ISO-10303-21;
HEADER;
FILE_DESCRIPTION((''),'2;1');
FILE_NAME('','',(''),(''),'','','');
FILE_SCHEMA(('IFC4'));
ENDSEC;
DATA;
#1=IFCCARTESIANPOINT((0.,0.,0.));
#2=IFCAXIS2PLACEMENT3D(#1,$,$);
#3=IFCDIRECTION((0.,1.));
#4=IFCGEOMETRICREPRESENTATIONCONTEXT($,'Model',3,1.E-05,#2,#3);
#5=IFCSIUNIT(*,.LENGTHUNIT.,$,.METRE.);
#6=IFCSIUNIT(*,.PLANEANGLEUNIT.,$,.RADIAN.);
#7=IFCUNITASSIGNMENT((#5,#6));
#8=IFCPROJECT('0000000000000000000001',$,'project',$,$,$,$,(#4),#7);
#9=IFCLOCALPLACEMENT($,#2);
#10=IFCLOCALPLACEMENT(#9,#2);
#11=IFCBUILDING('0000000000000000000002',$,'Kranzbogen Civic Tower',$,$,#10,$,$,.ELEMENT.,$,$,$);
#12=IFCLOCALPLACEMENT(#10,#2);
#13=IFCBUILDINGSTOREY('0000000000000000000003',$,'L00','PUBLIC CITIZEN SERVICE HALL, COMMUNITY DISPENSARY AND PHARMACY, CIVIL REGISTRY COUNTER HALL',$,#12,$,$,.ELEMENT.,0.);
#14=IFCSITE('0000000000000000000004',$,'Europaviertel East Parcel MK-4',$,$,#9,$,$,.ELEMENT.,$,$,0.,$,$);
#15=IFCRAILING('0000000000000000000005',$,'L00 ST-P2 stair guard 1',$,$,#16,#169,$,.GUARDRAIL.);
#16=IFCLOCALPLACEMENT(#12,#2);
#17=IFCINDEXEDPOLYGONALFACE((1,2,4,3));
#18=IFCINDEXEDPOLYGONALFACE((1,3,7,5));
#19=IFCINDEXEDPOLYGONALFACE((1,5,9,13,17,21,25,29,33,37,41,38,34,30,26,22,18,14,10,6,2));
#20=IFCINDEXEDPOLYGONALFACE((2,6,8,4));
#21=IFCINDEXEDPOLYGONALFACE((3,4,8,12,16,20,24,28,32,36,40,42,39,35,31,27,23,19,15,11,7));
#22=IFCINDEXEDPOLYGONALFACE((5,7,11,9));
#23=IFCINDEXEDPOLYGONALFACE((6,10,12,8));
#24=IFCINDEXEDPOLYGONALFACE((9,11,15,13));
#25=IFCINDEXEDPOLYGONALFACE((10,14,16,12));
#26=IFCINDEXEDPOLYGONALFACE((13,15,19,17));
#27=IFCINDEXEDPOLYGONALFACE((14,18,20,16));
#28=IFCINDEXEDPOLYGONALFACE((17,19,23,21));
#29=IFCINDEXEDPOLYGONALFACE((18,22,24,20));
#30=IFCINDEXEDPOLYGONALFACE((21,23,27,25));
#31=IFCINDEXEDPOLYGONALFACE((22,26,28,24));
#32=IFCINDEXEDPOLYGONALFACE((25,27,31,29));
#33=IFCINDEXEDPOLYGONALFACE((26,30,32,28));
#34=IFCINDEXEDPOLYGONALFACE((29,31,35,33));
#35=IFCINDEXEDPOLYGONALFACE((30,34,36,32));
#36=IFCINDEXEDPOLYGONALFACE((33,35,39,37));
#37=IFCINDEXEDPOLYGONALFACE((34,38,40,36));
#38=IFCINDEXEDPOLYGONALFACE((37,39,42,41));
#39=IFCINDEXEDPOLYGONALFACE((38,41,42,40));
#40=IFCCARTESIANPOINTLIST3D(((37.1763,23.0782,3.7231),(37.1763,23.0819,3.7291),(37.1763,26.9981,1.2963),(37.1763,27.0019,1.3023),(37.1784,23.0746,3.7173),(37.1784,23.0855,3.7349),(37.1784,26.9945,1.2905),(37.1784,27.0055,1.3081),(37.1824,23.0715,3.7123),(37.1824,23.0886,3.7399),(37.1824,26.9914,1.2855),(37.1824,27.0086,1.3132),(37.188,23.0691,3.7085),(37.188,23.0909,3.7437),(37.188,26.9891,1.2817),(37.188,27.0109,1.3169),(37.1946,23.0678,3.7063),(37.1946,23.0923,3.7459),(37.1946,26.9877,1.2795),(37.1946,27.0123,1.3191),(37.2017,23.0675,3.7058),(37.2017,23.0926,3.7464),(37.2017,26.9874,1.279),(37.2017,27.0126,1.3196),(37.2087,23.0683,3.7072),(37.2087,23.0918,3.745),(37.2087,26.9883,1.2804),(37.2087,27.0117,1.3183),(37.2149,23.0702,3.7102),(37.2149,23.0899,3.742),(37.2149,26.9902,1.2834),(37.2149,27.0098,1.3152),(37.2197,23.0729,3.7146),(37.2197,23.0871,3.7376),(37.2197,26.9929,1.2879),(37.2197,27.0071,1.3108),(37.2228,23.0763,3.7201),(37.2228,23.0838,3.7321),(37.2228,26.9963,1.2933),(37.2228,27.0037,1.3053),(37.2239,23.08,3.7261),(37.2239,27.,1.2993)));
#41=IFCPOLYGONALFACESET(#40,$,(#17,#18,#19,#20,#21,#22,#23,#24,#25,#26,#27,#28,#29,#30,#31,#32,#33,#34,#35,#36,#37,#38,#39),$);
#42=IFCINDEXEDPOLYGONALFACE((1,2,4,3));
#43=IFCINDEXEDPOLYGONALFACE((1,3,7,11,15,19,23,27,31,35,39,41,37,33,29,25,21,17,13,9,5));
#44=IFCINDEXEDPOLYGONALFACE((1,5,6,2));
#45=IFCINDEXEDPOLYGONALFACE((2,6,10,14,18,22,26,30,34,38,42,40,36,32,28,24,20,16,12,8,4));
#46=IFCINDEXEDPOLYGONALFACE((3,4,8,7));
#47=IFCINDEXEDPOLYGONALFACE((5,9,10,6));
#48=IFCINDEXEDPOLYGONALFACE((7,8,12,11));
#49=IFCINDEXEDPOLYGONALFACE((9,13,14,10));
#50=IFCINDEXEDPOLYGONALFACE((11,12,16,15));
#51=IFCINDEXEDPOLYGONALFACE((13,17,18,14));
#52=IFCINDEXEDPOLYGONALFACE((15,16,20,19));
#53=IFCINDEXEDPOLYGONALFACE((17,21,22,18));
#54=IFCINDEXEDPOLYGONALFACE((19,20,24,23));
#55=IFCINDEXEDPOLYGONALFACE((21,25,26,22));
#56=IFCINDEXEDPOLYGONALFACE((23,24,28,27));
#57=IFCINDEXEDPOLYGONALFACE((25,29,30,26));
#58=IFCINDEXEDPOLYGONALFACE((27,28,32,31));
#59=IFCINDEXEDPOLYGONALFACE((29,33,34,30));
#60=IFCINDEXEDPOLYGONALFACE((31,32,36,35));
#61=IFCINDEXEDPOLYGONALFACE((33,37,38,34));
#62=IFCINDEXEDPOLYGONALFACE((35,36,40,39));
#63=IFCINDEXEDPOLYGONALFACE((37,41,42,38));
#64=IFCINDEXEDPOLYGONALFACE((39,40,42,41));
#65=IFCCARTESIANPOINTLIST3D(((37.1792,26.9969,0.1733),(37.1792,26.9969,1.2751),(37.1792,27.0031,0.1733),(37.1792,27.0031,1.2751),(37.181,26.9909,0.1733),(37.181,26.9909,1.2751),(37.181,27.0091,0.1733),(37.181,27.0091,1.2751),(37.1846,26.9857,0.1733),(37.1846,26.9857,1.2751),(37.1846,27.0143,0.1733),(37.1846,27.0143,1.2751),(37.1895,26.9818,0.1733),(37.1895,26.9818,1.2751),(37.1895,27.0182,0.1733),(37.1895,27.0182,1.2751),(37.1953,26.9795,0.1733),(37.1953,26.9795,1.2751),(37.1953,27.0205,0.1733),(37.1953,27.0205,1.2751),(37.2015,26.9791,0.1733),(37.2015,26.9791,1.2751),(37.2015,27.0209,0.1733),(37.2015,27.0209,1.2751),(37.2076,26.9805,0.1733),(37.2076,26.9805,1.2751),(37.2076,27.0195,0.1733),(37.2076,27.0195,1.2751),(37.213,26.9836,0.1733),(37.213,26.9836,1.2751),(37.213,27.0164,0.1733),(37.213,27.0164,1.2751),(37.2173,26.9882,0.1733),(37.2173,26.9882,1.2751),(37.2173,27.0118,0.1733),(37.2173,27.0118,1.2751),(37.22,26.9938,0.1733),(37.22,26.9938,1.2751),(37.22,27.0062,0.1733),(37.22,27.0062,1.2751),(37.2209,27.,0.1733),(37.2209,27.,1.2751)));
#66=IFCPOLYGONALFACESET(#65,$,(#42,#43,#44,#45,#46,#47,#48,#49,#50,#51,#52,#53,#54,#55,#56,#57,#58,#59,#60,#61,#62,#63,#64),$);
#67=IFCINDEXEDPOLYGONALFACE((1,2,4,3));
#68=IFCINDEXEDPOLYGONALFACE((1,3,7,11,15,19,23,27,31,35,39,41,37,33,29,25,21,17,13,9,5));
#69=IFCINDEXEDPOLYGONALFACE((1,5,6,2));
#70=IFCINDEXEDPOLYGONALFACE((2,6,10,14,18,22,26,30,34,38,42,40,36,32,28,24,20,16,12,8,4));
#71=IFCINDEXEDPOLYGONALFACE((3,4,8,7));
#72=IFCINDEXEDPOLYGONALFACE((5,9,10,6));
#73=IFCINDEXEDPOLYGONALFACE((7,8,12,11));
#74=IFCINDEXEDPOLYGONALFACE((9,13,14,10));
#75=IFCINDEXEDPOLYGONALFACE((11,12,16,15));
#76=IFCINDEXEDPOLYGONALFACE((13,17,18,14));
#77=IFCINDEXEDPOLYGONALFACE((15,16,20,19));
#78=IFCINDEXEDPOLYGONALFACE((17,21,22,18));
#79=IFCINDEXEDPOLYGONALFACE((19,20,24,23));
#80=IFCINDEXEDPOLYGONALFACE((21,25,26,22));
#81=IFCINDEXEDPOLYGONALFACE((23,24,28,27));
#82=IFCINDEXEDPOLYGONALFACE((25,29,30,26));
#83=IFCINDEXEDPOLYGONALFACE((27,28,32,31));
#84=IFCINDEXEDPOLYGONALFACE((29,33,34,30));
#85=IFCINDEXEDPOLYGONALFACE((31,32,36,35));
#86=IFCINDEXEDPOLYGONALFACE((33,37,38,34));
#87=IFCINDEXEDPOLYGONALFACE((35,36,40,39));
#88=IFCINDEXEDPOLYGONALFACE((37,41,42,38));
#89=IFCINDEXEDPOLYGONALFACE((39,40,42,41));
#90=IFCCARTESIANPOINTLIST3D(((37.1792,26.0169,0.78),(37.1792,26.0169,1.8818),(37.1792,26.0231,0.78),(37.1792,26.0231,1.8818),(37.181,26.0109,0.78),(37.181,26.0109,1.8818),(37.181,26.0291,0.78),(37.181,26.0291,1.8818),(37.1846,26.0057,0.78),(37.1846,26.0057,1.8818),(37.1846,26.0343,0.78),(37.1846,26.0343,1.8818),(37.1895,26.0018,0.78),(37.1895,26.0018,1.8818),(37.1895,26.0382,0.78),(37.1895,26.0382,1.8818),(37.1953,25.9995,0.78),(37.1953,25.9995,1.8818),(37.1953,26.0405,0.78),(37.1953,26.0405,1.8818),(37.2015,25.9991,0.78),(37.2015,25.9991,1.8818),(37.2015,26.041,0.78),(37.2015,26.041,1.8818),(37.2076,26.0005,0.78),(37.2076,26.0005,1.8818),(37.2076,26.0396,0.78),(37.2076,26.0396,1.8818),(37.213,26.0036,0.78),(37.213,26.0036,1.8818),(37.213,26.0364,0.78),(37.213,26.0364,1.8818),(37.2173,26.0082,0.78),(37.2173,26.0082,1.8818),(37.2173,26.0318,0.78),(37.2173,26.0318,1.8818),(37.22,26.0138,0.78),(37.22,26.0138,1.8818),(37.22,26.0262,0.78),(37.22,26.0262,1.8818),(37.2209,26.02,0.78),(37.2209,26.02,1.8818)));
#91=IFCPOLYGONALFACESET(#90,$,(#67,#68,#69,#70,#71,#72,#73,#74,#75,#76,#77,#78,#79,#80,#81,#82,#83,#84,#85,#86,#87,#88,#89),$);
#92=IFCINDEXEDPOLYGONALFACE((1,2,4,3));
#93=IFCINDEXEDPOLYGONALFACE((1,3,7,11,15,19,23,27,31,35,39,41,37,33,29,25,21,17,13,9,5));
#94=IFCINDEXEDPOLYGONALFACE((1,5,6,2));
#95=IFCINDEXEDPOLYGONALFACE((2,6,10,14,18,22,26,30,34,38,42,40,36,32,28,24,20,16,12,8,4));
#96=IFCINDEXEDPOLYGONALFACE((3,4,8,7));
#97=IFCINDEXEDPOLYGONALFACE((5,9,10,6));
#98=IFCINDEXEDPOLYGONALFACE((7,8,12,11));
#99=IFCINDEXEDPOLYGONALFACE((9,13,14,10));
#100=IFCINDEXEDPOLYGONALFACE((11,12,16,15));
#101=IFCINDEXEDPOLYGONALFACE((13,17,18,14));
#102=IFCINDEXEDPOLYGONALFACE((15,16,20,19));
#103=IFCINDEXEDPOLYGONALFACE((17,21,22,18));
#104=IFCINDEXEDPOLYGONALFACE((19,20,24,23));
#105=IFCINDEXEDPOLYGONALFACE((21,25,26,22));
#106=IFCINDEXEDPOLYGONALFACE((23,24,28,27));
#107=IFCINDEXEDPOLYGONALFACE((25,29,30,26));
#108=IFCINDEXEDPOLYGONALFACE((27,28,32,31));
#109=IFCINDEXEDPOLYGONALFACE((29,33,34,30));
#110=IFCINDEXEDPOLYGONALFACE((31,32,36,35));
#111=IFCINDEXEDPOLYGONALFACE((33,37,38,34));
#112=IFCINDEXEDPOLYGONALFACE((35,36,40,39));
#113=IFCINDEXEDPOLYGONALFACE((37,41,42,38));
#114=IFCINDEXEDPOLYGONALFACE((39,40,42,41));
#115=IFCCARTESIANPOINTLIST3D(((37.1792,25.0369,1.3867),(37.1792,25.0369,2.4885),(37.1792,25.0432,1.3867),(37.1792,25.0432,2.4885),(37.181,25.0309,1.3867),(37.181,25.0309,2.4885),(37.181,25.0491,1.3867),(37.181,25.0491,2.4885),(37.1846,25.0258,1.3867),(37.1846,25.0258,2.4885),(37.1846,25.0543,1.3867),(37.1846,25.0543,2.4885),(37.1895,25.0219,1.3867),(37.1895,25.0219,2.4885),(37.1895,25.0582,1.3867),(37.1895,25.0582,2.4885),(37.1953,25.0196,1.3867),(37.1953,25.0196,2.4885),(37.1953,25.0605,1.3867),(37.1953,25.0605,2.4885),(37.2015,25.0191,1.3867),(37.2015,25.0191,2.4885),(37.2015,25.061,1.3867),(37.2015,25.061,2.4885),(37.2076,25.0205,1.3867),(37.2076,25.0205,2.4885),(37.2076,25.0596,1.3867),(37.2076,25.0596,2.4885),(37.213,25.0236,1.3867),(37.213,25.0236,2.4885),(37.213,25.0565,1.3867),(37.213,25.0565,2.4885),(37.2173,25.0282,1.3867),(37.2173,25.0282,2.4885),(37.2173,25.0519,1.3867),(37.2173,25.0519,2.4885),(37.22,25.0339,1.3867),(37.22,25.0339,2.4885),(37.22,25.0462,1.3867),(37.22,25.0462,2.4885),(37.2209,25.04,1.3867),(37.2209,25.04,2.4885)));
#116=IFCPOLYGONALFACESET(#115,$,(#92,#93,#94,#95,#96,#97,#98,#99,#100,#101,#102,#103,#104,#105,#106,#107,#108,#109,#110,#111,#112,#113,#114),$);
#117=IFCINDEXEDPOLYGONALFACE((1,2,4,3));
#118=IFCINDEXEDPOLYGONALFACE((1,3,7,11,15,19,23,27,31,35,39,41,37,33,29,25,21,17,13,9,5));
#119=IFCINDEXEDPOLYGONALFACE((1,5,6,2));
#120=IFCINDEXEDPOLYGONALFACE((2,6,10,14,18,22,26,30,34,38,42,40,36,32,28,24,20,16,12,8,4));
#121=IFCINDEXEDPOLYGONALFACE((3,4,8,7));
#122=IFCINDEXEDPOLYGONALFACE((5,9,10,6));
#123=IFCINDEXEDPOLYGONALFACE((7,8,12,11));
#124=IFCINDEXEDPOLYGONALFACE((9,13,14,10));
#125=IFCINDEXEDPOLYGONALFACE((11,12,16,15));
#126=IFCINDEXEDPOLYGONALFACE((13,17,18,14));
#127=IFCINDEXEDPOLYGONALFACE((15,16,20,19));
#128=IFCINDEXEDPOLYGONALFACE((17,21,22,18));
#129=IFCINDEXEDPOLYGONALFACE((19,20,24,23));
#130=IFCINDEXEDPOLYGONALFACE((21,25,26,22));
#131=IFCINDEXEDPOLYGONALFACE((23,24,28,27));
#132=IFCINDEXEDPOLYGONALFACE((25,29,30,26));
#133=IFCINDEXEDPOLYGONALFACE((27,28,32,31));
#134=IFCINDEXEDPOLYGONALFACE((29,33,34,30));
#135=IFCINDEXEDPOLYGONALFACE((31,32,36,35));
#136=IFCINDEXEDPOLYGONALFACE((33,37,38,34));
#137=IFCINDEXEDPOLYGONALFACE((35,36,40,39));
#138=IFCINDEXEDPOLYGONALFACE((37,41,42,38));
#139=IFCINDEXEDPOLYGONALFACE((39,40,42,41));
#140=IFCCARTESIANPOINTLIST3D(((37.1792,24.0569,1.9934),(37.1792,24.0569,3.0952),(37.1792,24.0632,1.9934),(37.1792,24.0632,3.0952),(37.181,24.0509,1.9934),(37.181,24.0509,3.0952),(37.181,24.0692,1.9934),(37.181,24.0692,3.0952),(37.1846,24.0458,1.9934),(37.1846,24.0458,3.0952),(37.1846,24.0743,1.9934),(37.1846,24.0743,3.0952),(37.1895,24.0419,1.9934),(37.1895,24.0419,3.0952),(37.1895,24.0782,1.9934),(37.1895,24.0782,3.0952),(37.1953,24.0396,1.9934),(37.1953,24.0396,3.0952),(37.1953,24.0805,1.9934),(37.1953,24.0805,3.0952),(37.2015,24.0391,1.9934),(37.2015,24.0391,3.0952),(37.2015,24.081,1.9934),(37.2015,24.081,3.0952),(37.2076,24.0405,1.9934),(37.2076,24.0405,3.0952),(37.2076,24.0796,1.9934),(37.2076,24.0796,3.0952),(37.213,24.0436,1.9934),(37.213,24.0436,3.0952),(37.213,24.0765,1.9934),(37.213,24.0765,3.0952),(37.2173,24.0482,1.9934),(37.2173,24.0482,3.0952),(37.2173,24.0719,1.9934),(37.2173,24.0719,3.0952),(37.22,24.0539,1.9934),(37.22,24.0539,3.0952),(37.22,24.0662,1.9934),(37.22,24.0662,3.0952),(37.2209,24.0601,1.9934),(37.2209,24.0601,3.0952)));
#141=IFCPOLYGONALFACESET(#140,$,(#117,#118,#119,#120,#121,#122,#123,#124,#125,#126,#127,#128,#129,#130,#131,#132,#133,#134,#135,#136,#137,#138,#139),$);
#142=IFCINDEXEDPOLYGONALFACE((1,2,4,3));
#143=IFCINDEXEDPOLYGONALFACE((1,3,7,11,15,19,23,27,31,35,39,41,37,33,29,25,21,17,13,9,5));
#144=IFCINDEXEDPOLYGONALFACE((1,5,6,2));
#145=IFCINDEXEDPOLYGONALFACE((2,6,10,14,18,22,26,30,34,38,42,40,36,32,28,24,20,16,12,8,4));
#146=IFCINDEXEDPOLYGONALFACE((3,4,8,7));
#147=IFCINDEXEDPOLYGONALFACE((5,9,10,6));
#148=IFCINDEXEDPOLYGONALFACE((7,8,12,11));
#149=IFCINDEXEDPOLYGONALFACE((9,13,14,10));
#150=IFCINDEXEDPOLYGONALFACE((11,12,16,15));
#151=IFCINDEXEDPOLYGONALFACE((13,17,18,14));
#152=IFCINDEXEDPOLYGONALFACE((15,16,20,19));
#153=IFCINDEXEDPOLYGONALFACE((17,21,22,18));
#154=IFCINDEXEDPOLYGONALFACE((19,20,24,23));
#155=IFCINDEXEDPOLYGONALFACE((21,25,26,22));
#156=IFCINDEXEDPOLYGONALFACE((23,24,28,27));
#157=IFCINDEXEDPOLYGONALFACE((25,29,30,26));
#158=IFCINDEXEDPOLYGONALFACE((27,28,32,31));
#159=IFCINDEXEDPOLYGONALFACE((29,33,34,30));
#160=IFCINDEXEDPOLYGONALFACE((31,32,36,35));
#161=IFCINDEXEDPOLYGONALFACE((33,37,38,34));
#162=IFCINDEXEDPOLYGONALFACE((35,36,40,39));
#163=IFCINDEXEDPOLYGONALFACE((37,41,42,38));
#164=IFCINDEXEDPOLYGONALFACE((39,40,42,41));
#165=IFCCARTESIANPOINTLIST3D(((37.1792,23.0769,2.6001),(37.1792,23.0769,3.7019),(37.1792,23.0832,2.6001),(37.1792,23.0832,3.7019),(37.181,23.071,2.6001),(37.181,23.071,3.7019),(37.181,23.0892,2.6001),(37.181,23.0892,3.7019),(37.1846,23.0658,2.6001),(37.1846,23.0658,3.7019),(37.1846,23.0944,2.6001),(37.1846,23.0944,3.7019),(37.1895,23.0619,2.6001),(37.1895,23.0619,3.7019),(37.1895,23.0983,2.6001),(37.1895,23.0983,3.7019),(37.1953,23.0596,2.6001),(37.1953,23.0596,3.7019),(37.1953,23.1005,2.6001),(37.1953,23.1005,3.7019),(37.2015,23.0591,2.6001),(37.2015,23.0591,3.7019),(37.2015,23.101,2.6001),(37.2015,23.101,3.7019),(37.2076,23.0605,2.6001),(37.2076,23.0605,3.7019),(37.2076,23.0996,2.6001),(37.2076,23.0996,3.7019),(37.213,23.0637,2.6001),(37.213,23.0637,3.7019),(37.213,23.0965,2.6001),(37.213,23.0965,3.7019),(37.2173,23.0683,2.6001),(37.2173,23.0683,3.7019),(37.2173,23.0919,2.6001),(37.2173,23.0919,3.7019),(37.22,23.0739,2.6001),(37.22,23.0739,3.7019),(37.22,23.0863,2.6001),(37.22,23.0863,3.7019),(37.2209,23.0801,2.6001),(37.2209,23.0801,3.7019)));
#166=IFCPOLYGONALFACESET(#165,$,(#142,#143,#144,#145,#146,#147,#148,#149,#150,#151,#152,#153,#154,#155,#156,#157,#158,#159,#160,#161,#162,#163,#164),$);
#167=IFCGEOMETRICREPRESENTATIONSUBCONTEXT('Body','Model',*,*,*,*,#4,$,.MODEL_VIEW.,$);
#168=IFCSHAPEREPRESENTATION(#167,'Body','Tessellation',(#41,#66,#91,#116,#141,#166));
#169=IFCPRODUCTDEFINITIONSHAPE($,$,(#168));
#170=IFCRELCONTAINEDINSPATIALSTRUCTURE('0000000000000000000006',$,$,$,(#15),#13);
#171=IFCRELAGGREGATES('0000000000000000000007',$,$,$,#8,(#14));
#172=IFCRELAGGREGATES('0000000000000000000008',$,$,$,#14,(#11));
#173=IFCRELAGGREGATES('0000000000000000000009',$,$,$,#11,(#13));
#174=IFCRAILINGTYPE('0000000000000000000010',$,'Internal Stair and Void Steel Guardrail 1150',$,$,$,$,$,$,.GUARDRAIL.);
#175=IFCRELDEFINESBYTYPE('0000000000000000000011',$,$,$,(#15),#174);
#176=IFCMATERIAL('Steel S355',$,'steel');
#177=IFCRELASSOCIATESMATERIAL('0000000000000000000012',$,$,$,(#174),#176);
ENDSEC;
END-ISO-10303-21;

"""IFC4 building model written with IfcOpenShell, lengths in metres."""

from ifc_helpers import new_model, si_unit, direction, frame, origin, origin_2d, place, context, subcontext, project, spatial, circle, extrude, material, type_object, element, save


model = new_model("IFC4")

# Units and contexts
model_context = context("Model", 3, precision=1e-05, world=origin(), true_north=direction((0.0, 1.0)))
body_context = subcontext(model_context, "Body", "Model", "MODEL_VIEW")
ifc_project = project(units=[si_unit("LENGTHUNIT", "METRE"), si_unit("PLANEANGLEUNIT", "RADIAN")], contexts=[model_context])

# Site, building, storey
site_placement = place(None, origin())
site = spatial("IfcSite", under=ifc_project, at=site_placement, Name="Europaviertel East Parcel MK-4", CompositionType="ELEMENT", RefElevation=0.0)
building_placement = place(site_placement, origin())
building = spatial("IfcBuilding", under=site, at=building_placement, Name="Kranzbogen Civic Tower", CompositionType="ELEMENT")
storey_placement = place(building_placement, origin())
storey = spatial("IfcBuildingStorey", under=building, at=storey_placement, Name="L00", Description="PUBLIC CITIZEN SERVICE HALL, COMMUNITY DISPENSARY AND PHARMACY, CIVIL REGISTRY COUNTER HALL", CompositionType="ELEMENT", Elevation=0.0)

# Shared definitions
ifc_material_1 = material(Name="Steel S355", Category="steel")

# Railing
railing_type_1 = type_object("IfcRailingType", Name="Internal Stair and Void Steel Guardrail 1150", PredefinedType="GUARDRAIL", material=ifc_material_1)
railing_1_placement = place(storey_placement, frame((37.2, 27.0, 0.1733)))
element("IfcRailing", 1, at=railing_1_placement, inside=storey, type_object=railing_type_1, Name="L00 ST-P2 stair guard 1", PredefinedType="GUARDRAIL", context=body_context, shape_type="SweptSolid", body=[
    extrude(circle(Radius=0.0239, at=origin_2d()), frame((0.0, 0.0, 1.126), z_axis=(0.0, -0.850252, 0.526376), x_axis=(1.0, 0.0, 0.0)), (0.0, 0.0, 1.0), 4.6104),
    extrude(circle(Radius=0.021, at=origin_2d()), origin(), (0.0, 0.0, 1.0), 1.1018),
    extrude(circle(Radius=0.021, at=origin_2d()), frame((0.0, -0.98, 0.6067)), (0.0, 0.0, 1.0), 1.1018),
    extrude(circle(Radius=0.021, at=origin_2d()), frame((0.0, -1.96, 1.2134)), (0.0, 0.0, 1.0), 1.1018),
    extrude(circle(Radius=0.021, at=origin_2d()), frame((0.0, -2.9399, 1.8201)), (0.0, 0.0, 1.0), 1.1018),
    extrude(circle(Radius=0.021, at=origin_2d()), frame((0.0, -3.9199, 2.4268)), (0.0, 0.0, 1.0), 1.1018),
])

save(model, "model.ifc")
